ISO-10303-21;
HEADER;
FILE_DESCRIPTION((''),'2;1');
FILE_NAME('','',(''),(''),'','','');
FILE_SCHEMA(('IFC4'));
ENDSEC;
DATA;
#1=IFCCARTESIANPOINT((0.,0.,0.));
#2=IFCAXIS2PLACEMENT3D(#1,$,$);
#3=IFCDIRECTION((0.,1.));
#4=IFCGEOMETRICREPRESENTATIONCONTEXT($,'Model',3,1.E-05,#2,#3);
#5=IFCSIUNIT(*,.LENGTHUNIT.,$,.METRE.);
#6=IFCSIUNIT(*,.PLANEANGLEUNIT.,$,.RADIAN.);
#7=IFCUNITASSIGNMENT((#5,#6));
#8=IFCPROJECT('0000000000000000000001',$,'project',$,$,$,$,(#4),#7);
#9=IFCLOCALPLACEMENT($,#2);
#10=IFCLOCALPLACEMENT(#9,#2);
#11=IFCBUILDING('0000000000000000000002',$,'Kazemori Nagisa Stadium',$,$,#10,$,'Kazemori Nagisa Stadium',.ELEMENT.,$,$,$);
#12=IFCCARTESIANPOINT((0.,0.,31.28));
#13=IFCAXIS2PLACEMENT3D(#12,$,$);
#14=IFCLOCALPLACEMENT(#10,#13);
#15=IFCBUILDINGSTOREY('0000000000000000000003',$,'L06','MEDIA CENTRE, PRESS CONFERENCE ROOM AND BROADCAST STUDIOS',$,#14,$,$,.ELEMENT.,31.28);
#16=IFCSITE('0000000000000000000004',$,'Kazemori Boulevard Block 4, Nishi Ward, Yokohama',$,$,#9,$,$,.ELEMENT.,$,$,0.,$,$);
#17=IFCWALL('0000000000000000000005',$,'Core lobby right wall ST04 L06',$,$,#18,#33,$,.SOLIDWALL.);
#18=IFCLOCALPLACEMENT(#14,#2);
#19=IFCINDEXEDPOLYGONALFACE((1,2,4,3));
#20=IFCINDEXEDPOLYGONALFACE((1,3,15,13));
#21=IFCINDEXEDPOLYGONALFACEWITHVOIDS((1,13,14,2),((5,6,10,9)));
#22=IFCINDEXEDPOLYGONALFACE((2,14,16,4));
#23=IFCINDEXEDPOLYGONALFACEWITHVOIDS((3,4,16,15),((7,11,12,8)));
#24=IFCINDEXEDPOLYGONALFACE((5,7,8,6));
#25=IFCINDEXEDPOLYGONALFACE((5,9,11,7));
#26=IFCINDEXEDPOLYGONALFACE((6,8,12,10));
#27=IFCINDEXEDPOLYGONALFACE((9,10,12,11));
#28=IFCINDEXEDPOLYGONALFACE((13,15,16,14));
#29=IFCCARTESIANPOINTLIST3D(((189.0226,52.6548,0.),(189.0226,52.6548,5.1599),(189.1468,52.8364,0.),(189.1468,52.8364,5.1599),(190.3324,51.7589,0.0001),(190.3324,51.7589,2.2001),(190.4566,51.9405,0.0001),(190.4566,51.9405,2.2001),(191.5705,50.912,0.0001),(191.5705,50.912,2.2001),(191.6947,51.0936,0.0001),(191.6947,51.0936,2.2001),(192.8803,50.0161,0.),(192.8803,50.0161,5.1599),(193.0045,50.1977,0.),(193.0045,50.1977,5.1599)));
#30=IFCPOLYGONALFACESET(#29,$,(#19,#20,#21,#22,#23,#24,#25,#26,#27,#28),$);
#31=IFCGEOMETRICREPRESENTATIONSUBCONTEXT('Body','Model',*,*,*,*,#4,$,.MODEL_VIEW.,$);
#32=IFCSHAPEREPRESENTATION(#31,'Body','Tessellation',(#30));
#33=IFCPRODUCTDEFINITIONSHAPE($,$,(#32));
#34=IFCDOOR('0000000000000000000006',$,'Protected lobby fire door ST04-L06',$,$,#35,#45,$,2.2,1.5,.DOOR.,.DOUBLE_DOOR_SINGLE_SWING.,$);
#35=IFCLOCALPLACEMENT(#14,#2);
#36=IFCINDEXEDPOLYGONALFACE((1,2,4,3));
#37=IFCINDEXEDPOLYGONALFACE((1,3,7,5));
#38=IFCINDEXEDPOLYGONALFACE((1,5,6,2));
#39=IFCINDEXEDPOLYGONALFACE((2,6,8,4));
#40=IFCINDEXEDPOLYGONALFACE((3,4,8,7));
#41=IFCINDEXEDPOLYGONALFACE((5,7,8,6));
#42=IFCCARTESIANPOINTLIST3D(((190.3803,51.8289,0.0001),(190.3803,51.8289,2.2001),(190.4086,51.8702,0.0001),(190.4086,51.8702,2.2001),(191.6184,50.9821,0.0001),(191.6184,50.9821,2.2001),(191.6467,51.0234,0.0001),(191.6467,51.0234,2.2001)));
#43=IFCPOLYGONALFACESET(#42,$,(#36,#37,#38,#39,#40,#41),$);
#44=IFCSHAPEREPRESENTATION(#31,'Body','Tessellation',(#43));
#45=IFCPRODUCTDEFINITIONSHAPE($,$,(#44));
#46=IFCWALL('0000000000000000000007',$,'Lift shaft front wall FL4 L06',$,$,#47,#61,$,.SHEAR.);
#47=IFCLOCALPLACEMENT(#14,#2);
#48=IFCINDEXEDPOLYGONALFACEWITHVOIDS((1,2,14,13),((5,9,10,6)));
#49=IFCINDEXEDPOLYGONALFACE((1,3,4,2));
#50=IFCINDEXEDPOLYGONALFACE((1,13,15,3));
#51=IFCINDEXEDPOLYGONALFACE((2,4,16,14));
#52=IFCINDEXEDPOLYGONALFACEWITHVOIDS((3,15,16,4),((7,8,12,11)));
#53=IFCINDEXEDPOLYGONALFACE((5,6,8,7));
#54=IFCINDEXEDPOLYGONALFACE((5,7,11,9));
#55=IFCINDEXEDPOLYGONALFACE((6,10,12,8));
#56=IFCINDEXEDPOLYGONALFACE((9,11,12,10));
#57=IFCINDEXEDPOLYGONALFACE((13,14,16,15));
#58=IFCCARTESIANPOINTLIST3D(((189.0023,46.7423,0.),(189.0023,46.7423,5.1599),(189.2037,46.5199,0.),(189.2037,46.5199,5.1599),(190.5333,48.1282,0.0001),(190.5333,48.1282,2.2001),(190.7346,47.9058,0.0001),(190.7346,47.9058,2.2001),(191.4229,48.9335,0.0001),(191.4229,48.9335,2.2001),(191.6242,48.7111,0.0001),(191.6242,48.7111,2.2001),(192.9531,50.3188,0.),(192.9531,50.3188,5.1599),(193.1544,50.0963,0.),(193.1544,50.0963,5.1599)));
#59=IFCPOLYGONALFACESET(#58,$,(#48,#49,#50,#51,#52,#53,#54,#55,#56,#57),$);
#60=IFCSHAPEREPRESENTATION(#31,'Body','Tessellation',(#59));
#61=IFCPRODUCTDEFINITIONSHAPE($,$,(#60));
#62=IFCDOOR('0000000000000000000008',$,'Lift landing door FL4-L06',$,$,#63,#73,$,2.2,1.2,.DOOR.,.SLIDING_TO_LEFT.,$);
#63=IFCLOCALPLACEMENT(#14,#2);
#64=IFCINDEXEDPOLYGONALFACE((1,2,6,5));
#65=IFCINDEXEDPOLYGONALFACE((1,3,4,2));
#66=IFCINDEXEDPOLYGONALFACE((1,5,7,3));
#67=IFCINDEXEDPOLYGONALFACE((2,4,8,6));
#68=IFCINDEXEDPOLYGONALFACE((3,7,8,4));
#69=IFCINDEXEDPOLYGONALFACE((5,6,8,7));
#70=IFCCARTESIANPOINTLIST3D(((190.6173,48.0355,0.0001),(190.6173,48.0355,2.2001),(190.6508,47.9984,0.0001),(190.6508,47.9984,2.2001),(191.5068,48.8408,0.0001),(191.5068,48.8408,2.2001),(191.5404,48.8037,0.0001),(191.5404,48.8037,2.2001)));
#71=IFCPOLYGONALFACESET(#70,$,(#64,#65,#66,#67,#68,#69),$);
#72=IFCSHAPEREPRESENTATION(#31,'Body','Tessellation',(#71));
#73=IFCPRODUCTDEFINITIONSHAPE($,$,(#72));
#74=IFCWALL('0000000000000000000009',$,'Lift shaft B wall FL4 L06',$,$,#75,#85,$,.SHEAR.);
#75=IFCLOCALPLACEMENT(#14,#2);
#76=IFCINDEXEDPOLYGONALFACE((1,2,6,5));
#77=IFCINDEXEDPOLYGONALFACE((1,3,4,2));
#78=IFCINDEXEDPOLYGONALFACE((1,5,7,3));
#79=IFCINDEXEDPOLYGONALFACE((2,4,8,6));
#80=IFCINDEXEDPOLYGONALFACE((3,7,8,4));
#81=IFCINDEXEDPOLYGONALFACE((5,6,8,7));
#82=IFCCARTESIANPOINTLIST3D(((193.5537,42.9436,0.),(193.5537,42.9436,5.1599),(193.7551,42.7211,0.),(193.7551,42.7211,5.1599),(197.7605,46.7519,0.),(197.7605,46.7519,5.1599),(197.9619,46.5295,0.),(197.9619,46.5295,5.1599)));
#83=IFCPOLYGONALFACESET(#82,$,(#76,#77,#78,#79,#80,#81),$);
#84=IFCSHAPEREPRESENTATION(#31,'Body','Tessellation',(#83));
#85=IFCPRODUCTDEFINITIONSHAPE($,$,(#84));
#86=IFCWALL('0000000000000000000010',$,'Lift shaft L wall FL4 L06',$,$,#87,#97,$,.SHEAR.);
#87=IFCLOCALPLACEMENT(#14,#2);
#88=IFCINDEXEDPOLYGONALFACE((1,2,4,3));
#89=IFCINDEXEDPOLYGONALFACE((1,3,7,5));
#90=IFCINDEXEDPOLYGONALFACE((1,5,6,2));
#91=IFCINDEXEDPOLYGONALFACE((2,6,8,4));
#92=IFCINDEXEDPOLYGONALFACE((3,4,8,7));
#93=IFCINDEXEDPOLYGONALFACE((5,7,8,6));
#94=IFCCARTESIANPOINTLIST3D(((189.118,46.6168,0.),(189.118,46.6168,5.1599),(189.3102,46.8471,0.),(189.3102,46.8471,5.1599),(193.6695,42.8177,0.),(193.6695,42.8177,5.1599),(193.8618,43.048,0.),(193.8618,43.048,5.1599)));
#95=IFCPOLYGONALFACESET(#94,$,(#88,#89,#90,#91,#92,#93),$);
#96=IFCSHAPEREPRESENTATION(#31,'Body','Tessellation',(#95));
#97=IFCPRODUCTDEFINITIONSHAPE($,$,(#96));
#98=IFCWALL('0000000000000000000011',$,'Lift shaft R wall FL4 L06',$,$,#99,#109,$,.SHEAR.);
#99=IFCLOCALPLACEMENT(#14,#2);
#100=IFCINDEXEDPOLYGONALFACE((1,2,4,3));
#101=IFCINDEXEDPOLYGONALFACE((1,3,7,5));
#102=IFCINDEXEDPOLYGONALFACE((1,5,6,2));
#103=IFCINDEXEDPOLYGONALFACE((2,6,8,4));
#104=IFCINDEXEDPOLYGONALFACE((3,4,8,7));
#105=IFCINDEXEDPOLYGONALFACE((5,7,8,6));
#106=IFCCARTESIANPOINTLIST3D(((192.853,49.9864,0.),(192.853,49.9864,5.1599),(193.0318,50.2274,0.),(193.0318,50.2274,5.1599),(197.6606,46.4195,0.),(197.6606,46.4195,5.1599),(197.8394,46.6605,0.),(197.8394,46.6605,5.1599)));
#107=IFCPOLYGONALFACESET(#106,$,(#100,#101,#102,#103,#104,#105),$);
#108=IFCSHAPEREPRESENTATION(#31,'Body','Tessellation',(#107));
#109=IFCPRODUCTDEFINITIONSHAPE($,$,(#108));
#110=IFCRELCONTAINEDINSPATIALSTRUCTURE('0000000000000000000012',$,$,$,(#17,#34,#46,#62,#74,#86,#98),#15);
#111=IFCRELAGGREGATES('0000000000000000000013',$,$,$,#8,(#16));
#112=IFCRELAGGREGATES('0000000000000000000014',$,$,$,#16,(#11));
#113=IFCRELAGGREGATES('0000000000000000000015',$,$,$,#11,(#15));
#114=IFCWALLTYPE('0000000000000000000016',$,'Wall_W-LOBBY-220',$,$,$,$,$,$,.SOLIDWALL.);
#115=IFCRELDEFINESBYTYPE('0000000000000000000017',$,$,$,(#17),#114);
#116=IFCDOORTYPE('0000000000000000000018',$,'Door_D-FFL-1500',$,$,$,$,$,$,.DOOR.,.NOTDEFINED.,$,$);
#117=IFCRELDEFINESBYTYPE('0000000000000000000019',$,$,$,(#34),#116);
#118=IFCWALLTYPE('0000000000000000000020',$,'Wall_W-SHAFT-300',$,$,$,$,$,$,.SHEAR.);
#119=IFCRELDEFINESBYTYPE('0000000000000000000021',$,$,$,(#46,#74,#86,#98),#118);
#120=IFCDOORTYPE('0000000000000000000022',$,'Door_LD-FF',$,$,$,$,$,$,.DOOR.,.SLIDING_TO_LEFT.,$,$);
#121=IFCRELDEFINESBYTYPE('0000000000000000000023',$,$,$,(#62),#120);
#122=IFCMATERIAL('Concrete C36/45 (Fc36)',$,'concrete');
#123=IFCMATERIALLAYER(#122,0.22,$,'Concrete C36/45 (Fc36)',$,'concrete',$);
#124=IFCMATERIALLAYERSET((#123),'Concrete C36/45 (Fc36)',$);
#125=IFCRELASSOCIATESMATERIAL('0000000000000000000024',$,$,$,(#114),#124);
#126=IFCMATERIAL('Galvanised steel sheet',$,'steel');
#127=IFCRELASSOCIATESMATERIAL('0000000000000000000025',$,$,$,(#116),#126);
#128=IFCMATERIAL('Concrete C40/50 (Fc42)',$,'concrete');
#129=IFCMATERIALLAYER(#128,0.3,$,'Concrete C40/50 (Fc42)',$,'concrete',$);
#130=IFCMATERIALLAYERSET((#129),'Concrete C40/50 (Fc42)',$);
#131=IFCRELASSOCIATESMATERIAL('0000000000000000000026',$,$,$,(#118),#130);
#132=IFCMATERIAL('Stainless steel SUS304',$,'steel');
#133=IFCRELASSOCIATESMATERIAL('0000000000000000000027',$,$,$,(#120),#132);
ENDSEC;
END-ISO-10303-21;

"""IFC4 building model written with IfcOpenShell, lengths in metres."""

from ifc_helpers import new_model, si_unit, direction, frame, frame_2d, origin, place, context, subcontext, project, spatial, rectangle, extrude, material, layer, layer_set, type_object, element, fill, save


model = new_model("IFC4")

# Units and contexts
model_context = context("Model", 3, precision=1e-05, world=origin(), true_north=direction((0.0, 1.0)))
body_context = subcontext(model_context, "Body", "Model", "MODEL_VIEW")
ifc_project = project(units=[si_unit("LENGTHUNIT", "METRE"), si_unit("PLANEANGLEUNIT", "RADIAN")], contexts=[model_context])

# Site, building, storey
site_placement = place(None, origin())
site = spatial("IfcSite", under=ifc_project, at=site_placement, Name="Kazemori Boulevard Block 4, Nishi Ward, Yokohama", CompositionType="ELEMENT", RefElevation=0.0)
building_placement = place(site_placement, origin())
building = spatial("IfcBuilding", under=site, at=building_placement, Name="Kazemori Nagisa Stadium", LongName="Kazemori Nagisa Stadium", CompositionType="ELEMENT")
storey_placement = place(building_placement, frame((0.0, 0.0, 31.28)))
storey = spatial("IfcBuildingStorey", under=building, at=storey_placement, Name="L06", Description="MEDIA CENTRE, PRESS CONFERENCE ROOM AND BROADCAST STUDIOS", CompositionType="ELEMENT", Elevation=31.28)

# Shared definitions
ifc_material_1 = material(Name="Concrete C40/50 (Fc42)", Category="concrete")

# Walls, openings, doors
ifc_material_2 = material(Name="Concrete C36/45 (Fc36)", Category="concrete")
ifc_layer_1 = layer(ifc_material_2, 0.22, Name="Concrete C36/45 (Fc36)", Category="concrete")
ifc_layer_set_1 = layer_set([ifc_layer_1], Name="Concrete C36/45 (Fc36)")
wall_type_1 = type_object("IfcWallType", Name="Wall_W-LOBBY-220", PredefinedType="SOLIDWALL", material=ifc_layer_set_1)
wall_1_placement = place(storey_placement, frame((189.0847, 52.7456, 0.0), z_axis=(0.0, 0.0, 1.0), x_axis=(0.825385, -0.56457, 0.0)))
wall_1 = element("IfcWall", 1, at=wall_1_placement, inside=storey, type_object=wall_type_1, Name="Core lobby right wall ST04 L06", PredefinedType="SOLIDWALL", context=body_context, shape_type="SweptSolid", body=[
    extrude(rectangle(XDim=4.6738, YDim=0.22, at=frame_2d((2.3369, 0.0))), origin(), (0.0, 0.0, 1.0), 5.1599),
])
opening_1_placement = place(wall_1_placement, frame((1.5869, 0.0, 0.0)))
opening_1 = element("IfcOpeningElement", 2, at=opening_1_placement, cuts=wall_1, PredefinedType="OPENING", context=body_context, shape_type="SweptSolid", body=[
    extrude(rectangle(XDim=1.5, YDim=2.2, at=frame_2d((0.75, 1.1001))), frame((0.0, 0.1199, 0.0), z_axis=(0.0, -1.0, 0.0), x_axis=(1.0, 0.0, 0.0)), (0.0, 0.0, 1.0), 0.24),
])
ifc_material_3 = material(Name="Galvanised steel sheet", Category="steel")
door_type_1 = type_object("IfcDoorType", Name="Door_D-FFL-1500", OperationType="NOTDEFINED", PredefinedType="DOOR", material=ifc_material_3)
door_1_placement = place(opening_1_placement, origin())
door_1 = element("IfcDoor", 3, at=door_1_placement, inside=storey, type_object=door_type_1, Name="Protected lobby fire door ST04-L06", OperationType="DOUBLE_DOOR_SINGLE_SWING", OverallHeight=2.2, OverallWidth=1.5, PredefinedType="DOOR", context=body_context, shape_type="SweptSolid", body=[
    extrude(rectangle(XDim=1.5, YDim=2.2, at=frame_2d((0.75, 1.1001))), frame((0.0, 0.0249, 0.0), z_axis=(0.0, -1.0, 0.0), x_axis=(1.0, 0.0, 0.0)), (0.0, 0.0, 1.0), 0.05),
])
fill(opening_1, door_1)
ifc_layer_2 = layer(ifc_material_1, 0.3, Name="Concrete C40/50 (Fc42)", Category="concrete")
ifc_layer_set_2 = layer_set([ifc_layer_2], Name="Concrete C40/50 (Fc42)")
wall_type_2 = type_object("IfcWallType", Name="Wall_W-SHAFT-300", PredefinedType="SHEAR", material=ifc_layer_set_2)
wall_2_placement = place(storey_placement, frame((189.103, 46.6311, 0.0), z_axis=(0.0, 0.0, 1.0), x_axis=(0.74135, 0.671118, 0.0)))
wall_2 = element("IfcWall", 4, at=wall_2_placement, inside=storey, type_object=wall_type_2, Name="Lift shaft front wall FL4 L06", PredefinedType="SHEAR", context=body_context, shape_type="SweptSolid", body=[
    extrude(rectangle(XDim=5.3291, YDim=0.3, at=frame_2d((2.6646, 0.0))), origin(), (0.0, 0.0, 1.0), 5.1599),
])
opening_2_placement = place(wall_2_placement, frame((2.0649, 0.0, 0.0)))
opening_2 = element("IfcOpeningElement", 5, at=opening_2_placement, cuts=wall_2, PredefinedType="OPENING", context=body_context, shape_type="SweptSolid", body=[
    extrude(rectangle(XDim=1.2, YDim=2.2, at=frame_2d((0.6001, 1.1001))), frame((0.0, 0.1599, 0.0), z_axis=(0.0, -1.0, 0.0), x_axis=(1.0, 0.0, 0.0)), (0.0, 0.0, 1.0), 0.3201),
])
ifc_material_4 = material(Name="Stainless steel SUS304", Category="steel")
door_type_2 = type_object("IfcDoorType", Name="Door_LD-FF", OperationType="SLIDING_TO_LEFT", PredefinedType="DOOR", material=ifc_material_4)
door_2_placement = place(opening_2_placement, origin())
door_2 = element("IfcDoor", 6, at=door_2_placement, inside=storey, type_object=door_type_2, Name="Lift landing door FL4-L06", OperationType="SLIDING_TO_LEFT", OverallHeight=2.2, OverallWidth=1.2, PredefinedType="DOOR", context=body_context, shape_type="SweptSolid", body=[
    extrude(rectangle(XDim=1.2, YDim=2.2, at=frame_2d((0.6001, 1.1001))), frame((0.0, 0.0249, 0.0), z_axis=(0.0, -1.0, 0.0), x_axis=(1.0, 0.0, 0.0)), (0.0, 0.0, 1.0), 0.05),
])
fill(opening_2, door_2)

# Walls
wall_3_placement = place(storey_placement, frame((193.6543, 42.8323, 0.0), z_axis=(0.0, 0.0, 1.0), x_axis=(0.741342, 0.671127, 0.0)))
element("IfcWall", 7, at=wall_3_placement, inside=storey, type_object=wall_type_2, Name="Lift shaft B wall FL4 L06", PredefinedType="SHEAR", context=body_context, shape_type="SweptSolid", body=[
    extrude(rectangle(XDim=5.6746, YDim=0.3, at=frame_2d((2.8374, 0.0))), origin(), (0.0, 0.0, 1.0), 5.1599),
])
wall_4_placement = place(storey_placement, frame((189.2141, 46.7319, 0.0), z_axis=(0.0, 0.0, 1.0), x_axis=(0.767711, -0.640796, 0.0)))
element("IfcWall", 8, at=wall_4_placement, inside=storey, type_object=wall_type_2, Name="Lift shaft L wall FL4 L06", PredefinedType="SHEAR", context=body_context, shape_type="SweptSolid", body=[
    extrude(rectangle(XDim=5.9287, YDim=0.3, at=frame_2d((2.9644, 0.0))), origin(), (0.0, 0.0, 1.0), 5.1599),
])
wall_5_placement = place(storey_placement, frame((192.9424, 50.1069, 0.0), z_axis=(0.0, 0.0, 1.0), x_axis=(0.803102, -0.595842, 0.0)))
element("IfcWall", 9, at=wall_5_placement, inside=storey, type_object=wall_type_2, Name="Lift shaft R wall FL4 L06", PredefinedType="SHEAR", context=body_context, shape_type="SweptSolid", body=[
    extrude(rectangle(XDim=5.9863, YDim=0.3, at=frame_2d((2.9932, 0.0))), origin(), (0.0, 0.0, 1.0), 5.1599),
])

save(model, "model.ifc")
